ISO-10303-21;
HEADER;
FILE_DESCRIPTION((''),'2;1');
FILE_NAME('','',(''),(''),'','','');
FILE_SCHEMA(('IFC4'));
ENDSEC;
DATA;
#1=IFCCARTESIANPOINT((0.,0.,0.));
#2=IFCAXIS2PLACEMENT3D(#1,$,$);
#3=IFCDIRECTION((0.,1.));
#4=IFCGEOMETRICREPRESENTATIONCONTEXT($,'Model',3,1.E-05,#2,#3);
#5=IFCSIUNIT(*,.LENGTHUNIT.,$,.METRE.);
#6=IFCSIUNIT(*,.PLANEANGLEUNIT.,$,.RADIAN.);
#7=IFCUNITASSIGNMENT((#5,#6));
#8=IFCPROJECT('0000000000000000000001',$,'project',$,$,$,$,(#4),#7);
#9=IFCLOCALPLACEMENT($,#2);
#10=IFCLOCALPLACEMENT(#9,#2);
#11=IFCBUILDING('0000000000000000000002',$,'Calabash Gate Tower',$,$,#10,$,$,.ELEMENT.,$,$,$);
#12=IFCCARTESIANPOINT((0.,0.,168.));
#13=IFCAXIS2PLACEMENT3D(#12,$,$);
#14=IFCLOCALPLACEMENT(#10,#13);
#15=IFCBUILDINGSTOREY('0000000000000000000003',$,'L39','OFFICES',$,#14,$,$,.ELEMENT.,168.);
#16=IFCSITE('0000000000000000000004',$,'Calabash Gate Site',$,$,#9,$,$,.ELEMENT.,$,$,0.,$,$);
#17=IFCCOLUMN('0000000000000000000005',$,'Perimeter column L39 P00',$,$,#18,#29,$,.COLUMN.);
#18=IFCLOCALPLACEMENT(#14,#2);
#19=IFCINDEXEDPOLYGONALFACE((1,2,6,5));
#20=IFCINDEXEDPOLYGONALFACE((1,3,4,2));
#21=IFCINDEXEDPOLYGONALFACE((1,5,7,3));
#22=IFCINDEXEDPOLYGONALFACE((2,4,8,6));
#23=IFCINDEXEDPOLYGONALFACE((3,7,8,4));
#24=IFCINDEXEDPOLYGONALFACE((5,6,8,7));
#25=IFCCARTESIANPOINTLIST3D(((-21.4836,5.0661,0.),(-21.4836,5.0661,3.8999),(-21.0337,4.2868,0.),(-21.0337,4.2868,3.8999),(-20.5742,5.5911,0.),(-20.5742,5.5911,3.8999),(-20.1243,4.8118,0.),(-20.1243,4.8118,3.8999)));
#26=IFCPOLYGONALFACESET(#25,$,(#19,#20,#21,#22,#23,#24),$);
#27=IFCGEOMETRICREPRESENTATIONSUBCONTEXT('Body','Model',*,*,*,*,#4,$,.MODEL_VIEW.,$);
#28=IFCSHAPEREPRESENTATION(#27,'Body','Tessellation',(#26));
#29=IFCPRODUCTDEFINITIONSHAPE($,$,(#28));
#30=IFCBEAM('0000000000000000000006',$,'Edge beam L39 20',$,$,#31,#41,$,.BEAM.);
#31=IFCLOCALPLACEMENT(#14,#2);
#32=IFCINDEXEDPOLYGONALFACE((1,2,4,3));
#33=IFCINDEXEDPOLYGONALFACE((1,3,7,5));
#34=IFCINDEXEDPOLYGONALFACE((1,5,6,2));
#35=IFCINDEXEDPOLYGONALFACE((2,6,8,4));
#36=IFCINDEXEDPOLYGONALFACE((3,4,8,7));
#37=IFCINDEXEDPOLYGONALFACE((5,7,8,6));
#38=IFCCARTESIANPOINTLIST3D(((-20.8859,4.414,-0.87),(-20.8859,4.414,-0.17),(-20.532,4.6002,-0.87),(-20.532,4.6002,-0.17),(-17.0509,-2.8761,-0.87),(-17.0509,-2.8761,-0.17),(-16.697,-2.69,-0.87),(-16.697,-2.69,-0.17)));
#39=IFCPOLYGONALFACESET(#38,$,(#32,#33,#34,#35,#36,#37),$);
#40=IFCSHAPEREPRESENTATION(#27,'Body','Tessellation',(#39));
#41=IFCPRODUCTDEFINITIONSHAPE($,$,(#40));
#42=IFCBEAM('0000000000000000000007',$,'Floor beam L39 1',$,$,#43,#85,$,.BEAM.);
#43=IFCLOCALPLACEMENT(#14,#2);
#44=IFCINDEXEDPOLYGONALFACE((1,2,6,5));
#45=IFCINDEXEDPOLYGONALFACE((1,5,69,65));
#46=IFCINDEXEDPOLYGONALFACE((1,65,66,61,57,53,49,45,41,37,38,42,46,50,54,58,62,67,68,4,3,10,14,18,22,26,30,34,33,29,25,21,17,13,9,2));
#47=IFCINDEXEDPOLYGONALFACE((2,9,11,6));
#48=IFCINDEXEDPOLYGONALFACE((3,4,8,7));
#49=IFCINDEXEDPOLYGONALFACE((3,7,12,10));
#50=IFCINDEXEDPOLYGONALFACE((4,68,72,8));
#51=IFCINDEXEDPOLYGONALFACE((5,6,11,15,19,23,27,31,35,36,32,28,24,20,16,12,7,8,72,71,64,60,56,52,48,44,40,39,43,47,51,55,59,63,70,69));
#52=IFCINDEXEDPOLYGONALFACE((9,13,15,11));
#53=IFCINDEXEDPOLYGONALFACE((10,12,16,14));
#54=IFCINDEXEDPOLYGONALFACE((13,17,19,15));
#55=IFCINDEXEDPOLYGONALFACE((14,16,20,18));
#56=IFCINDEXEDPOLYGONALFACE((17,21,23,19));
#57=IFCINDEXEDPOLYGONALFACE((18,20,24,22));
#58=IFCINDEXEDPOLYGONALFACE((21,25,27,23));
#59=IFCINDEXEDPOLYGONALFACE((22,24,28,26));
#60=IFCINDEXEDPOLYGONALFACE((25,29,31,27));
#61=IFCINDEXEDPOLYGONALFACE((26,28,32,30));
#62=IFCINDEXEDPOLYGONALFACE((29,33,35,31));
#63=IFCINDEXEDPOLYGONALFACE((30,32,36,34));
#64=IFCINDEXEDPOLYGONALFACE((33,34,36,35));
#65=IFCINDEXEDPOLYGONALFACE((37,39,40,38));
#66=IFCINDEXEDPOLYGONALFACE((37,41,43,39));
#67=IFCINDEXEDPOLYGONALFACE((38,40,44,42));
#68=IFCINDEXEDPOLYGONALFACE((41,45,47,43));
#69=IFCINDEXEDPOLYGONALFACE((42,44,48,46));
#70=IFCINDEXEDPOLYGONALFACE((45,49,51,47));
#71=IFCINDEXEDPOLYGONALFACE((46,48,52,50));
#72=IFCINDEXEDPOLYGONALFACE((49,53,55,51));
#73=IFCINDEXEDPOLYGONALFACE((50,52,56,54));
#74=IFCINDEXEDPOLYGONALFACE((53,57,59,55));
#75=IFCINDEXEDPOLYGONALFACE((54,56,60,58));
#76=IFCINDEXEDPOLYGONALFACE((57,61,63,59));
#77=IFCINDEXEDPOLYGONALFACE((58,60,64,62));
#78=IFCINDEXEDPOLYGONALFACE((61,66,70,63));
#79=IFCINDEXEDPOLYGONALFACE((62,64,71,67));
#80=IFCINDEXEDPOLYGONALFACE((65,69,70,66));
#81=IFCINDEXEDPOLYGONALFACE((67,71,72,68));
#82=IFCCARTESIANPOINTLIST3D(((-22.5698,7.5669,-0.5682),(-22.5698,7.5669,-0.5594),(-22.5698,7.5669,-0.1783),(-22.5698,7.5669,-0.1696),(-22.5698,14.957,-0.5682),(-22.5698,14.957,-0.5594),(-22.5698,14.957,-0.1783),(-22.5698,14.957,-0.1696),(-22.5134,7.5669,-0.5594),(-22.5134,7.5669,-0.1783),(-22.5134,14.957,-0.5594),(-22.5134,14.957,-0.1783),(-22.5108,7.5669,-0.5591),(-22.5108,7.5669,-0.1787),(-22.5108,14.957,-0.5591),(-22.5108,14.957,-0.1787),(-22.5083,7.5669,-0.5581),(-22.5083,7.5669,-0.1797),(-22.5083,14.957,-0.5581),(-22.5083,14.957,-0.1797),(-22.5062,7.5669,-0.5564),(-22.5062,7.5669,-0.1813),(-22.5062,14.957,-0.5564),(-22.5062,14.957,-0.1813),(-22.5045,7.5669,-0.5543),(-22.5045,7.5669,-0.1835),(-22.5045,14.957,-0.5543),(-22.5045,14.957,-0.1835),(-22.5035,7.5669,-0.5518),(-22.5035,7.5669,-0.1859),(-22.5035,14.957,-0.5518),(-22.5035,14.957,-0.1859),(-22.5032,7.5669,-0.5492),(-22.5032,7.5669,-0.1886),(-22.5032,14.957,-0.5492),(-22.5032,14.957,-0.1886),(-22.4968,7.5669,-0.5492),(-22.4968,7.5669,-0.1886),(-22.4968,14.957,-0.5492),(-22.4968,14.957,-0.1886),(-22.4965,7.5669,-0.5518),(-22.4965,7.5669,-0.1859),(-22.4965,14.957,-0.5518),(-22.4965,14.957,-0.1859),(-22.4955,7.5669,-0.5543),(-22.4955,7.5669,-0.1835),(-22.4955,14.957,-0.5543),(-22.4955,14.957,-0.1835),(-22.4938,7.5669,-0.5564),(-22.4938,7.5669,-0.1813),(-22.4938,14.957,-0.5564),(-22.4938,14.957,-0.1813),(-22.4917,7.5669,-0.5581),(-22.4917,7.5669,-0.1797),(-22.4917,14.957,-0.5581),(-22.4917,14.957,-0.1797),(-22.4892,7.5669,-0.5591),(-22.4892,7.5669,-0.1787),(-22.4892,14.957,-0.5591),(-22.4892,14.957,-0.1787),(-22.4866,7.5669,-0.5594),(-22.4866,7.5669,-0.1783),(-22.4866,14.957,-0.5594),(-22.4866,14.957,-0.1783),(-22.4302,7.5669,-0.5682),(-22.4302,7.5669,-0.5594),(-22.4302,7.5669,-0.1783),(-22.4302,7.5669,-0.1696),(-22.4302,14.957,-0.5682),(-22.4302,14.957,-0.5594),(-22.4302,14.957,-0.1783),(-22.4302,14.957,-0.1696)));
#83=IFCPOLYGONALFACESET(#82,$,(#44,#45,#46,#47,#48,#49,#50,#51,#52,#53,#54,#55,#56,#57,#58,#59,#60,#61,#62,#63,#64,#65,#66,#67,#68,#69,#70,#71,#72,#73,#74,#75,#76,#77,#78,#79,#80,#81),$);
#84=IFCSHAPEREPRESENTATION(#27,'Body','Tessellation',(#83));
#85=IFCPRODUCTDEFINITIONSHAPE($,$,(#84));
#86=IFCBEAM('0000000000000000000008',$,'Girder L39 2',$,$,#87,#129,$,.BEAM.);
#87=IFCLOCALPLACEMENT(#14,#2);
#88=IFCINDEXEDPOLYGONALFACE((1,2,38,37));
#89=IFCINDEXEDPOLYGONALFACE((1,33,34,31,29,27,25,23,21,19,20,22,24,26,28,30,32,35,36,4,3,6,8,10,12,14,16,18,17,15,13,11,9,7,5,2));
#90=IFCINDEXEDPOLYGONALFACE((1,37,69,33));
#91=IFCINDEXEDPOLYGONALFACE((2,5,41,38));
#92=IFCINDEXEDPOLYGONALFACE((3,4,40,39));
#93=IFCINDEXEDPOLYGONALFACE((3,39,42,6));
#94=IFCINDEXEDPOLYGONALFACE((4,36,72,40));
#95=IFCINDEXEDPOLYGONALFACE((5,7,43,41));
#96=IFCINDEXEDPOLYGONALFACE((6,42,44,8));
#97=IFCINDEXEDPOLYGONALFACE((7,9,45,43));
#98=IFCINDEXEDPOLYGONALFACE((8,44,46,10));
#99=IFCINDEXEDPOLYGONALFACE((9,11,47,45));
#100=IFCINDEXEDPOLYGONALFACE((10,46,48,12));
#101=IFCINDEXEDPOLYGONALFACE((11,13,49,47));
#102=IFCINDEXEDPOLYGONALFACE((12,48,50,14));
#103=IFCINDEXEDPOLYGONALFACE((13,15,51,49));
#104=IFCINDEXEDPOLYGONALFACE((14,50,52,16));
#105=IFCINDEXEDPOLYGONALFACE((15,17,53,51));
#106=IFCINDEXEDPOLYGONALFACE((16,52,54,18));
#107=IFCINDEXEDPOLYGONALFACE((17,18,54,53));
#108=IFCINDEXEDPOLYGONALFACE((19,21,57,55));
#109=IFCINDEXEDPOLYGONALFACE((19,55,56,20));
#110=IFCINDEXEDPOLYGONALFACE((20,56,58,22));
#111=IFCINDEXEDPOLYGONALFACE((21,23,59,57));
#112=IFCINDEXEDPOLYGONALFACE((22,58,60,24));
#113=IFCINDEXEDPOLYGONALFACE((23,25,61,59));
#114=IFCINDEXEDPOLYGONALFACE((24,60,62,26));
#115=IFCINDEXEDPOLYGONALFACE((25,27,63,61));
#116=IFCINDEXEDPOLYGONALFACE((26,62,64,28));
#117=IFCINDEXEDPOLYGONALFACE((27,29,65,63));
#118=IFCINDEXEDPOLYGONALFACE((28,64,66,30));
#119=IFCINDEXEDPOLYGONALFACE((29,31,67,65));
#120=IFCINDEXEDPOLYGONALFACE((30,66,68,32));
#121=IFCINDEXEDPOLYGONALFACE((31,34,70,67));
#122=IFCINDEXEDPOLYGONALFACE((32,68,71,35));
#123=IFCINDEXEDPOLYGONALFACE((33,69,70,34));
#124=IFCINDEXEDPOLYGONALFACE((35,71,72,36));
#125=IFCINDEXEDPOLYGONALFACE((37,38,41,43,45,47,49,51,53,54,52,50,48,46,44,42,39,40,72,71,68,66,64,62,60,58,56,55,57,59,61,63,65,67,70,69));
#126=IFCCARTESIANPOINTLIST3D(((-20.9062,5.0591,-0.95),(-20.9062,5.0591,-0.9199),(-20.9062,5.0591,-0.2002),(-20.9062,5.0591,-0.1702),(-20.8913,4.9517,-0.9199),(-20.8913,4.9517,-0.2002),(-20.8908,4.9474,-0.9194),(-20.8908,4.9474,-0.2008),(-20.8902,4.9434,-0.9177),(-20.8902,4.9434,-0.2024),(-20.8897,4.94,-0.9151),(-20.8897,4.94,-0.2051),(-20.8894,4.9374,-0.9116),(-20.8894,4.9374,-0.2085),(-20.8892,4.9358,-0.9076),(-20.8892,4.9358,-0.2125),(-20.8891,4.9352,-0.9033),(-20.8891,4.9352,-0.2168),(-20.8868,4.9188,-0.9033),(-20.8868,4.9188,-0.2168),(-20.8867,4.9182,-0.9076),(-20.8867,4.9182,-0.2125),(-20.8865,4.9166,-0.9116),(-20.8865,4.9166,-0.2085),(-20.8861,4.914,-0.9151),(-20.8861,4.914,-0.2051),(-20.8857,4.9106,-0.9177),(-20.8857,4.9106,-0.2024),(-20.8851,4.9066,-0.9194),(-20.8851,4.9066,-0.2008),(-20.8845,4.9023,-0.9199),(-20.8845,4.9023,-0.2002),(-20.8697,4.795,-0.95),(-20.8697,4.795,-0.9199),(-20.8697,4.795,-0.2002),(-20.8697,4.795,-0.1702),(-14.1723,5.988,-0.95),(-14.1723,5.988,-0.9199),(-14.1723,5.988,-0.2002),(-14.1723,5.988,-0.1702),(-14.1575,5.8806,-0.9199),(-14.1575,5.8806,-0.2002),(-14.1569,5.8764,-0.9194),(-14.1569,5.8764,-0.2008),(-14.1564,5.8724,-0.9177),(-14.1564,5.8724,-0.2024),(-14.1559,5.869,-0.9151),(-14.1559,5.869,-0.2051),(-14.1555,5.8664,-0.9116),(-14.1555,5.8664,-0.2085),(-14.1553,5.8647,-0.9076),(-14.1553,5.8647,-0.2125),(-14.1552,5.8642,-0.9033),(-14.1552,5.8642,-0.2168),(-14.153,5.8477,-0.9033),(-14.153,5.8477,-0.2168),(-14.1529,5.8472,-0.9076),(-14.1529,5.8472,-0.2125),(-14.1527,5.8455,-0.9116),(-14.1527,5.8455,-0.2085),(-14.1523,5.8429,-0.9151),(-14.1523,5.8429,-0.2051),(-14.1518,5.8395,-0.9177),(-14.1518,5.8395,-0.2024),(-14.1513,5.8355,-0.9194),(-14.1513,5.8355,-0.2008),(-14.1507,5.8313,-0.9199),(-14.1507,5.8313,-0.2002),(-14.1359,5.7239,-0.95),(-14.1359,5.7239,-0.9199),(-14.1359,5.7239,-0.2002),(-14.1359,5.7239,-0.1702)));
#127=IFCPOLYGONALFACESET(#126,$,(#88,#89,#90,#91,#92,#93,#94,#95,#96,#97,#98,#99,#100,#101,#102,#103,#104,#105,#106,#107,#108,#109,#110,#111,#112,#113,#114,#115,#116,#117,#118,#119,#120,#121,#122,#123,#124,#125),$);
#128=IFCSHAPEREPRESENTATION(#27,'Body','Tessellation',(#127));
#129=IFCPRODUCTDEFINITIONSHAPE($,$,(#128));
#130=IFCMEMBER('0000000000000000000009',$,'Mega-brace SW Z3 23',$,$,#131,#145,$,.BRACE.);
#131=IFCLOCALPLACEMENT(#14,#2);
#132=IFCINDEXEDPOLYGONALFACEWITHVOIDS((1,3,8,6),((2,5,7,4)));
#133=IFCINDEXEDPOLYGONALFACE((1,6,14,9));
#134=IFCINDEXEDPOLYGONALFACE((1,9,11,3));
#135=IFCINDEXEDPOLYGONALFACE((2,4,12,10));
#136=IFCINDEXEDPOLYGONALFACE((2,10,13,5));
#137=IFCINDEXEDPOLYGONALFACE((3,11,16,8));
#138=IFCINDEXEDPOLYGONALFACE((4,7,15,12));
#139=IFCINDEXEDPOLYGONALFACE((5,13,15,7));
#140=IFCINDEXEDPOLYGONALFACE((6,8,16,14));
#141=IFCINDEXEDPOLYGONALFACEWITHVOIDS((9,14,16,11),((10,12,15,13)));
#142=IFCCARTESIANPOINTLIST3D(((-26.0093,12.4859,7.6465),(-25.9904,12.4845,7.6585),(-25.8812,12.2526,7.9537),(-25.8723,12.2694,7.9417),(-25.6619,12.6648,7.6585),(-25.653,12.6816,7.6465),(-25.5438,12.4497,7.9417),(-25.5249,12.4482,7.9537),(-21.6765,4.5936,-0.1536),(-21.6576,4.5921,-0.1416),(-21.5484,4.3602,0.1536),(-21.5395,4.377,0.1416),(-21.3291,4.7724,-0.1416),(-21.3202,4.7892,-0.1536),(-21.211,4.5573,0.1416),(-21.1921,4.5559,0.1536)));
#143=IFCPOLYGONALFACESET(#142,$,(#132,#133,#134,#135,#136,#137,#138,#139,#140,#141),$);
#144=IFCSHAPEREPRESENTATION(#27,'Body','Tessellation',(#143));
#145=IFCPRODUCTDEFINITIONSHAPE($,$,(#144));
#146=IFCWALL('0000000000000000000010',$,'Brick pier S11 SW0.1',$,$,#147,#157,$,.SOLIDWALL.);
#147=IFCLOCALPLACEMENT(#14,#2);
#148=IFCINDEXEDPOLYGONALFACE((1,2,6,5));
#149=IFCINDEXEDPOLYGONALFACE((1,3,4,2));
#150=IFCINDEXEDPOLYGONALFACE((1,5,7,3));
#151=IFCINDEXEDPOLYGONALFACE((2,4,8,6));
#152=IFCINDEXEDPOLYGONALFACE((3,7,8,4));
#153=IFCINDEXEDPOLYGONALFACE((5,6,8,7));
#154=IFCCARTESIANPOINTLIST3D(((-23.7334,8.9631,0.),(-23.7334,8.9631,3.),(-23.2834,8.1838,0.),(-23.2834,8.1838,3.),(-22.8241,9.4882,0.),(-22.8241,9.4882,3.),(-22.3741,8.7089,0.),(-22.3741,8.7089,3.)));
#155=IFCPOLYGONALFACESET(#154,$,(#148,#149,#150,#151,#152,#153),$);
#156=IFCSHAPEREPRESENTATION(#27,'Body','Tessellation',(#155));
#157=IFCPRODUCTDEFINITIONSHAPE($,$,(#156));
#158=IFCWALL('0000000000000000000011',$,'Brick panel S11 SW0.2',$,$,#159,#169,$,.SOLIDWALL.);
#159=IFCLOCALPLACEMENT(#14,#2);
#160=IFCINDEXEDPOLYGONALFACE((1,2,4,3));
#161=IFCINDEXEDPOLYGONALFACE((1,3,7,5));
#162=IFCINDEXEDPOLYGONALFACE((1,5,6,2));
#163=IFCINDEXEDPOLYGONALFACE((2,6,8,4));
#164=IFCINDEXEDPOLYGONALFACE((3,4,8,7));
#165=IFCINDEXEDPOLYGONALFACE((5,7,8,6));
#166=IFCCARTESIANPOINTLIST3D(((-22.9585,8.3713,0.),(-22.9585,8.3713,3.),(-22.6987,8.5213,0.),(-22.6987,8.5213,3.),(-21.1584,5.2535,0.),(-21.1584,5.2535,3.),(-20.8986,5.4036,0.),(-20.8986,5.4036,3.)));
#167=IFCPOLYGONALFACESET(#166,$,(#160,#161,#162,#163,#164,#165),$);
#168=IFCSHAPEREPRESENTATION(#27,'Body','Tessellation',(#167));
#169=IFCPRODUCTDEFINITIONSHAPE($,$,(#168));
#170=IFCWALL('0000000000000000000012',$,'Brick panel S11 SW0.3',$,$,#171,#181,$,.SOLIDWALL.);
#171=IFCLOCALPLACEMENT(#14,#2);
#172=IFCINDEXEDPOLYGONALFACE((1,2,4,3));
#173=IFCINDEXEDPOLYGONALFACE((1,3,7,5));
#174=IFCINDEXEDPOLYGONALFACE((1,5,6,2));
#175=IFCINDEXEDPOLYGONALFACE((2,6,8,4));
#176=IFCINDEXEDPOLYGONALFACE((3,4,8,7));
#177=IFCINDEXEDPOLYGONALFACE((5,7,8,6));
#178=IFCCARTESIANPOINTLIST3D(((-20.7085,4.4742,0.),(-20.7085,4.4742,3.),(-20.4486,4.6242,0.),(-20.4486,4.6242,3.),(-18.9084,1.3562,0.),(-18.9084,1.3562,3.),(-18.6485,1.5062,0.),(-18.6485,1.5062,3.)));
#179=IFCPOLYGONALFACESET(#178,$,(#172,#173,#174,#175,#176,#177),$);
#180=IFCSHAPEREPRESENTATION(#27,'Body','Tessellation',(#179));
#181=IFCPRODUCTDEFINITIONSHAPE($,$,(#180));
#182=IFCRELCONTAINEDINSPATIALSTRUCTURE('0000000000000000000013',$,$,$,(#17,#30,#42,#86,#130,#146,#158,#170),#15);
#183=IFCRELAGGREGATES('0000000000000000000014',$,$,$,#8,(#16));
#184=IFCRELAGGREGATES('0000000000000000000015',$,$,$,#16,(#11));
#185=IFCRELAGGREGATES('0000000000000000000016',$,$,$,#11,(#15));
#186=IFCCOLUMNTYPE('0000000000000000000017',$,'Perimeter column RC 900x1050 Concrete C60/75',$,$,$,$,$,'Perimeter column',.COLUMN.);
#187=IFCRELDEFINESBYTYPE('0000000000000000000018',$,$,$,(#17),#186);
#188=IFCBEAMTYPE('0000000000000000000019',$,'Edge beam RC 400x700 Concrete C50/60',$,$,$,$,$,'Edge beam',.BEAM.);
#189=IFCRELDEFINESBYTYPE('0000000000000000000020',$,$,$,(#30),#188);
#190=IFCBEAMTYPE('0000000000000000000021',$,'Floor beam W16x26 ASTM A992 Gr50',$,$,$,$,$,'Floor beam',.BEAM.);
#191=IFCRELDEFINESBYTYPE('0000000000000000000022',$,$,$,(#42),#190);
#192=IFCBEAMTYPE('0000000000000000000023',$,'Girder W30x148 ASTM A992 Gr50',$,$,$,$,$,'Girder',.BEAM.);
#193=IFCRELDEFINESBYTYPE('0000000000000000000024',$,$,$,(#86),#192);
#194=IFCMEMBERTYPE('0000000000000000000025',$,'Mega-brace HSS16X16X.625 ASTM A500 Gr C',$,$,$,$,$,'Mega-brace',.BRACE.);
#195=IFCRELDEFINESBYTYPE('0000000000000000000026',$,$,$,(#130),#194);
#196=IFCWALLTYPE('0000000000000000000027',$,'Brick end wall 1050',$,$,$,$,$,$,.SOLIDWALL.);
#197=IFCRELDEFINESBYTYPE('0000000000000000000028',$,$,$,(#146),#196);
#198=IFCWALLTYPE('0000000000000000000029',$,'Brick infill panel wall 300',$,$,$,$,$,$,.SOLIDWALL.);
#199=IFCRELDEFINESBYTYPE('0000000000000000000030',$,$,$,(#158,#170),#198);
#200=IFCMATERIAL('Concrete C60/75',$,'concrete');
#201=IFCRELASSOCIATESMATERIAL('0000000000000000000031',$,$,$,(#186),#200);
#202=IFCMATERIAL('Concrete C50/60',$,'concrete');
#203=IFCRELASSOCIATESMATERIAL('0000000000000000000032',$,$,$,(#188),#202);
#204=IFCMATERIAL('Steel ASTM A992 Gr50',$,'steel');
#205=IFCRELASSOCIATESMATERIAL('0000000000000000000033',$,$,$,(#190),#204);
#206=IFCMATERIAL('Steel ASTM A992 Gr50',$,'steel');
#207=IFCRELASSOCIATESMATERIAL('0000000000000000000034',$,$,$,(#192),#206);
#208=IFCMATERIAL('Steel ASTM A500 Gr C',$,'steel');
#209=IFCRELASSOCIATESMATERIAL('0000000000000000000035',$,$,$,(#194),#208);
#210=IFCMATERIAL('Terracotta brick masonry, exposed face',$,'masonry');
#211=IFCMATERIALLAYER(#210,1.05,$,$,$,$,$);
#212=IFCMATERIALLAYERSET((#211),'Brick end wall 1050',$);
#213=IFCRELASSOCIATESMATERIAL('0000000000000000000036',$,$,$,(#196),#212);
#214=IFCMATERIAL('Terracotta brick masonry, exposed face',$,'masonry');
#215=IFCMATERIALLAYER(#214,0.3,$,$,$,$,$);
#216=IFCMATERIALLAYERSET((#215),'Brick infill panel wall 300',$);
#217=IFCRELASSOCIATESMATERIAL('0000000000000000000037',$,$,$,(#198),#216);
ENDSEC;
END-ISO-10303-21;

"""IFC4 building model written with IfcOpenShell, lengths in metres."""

from ifc_helpers import new_model, si_unit, direction, frame, frame_2d, origin, origin_2d, place, context, subcontext, project, spatial, rectangle, hollow_rectangle, i_section, extrude, material, layer, layer_set, material_profile, profile_set, type_object, element, save


model = new_model("IFC4")

# Units and contexts
model_context = context("Model", 3, precision=1e-05, world=origin(), true_north=direction((0.0, 1.0)))
body_context = subcontext(model_context, "Body", "Model", "MODEL_VIEW")
ifc_project = project(units=[si_unit("LENGTHUNIT", "METRE"), si_unit("PLANEANGLEUNIT", "RADIAN")], contexts=[model_context])

# Site, building, storey
site_placement = place(None, origin())
site = spatial("IfcSite", under=ifc_project, at=site_placement, Name="Calabash Gate Site", CompositionType="ELEMENT", RefElevation=0.0)
building_placement = place(site_placement, origin())
building = spatial("IfcBuilding", under=site, at=building_placement, Name="Calabash Gate Tower", CompositionType="ELEMENT")
storey_placement = place(building_placement, frame((0.0, 0.0, 168.0)))
storey = spatial("IfcBuildingStorey", under=building, at=storey_placement, Name="L39", Description="OFFICES", CompositionType="ELEMENT", Elevation=168.0)

# Column
ifc_material_1 = material(Name="Concrete C60/75", Category="concrete")
ifc_material_profile_1 = material_profile(ifc_material_1, rectangle(XDim=0.8999, YDim=1.05, at=origin_2d()))
ifc_profile_set_1 = profile_set([ifc_material_profile_1], Name="Concrete C60/75")
column_type = type_object("IfcColumnType", Name="Perimeter column RC 900x1050 Concrete C60/75", ElementType="Perimeter column", PredefinedType="COLUMN", material=ifc_profile_set_1)
column_placement = place(storey_placement, frame((-20.804, 4.939, 0.0), z_axis=(0.0, 0.0, 1.0), x_axis=(0.5, -0.866025, 0.0)))
element("IfcColumn", 1, at=column_placement, inside=storey, type_object=column_type, Name="Perimeter column L39 P00", PredefinedType="COLUMN", context=body_context, shape_type="SweptSolid", body=[
    extrude(rectangle(XDim=0.8999, YDim=1.05, at=origin_2d()), origin(), (0.0, 0.0, 1.0), 3.8999),
])

# Beams
ifc_material_2 = material(Name="Concrete C50/60", Category="concrete")
ifc_material_profile_2 = material_profile(ifc_material_2, rectangle(XDim=0.3999, YDim=0.7, at=origin_2d()))
ifc_profile_set_2 = profile_set([ifc_material_profile_2], Name="Concrete C50/60")
beam_type_1 = type_object("IfcBeamType", Name="Edge beam RC 400x700 Concrete C50/60", ElementType="Edge beam", PredefinedType="BEAM", material=ifc_profile_set_2)
beam_1_placement = place(storey_placement, frame((-20.709, 4.5071, -0.52), z_axis=(0.465566, -0.885013, 0.0), x_axis=(0.885013, 0.465566, 0.0)))
element("IfcBeam", 2, at=beam_1_placement, inside=storey, type_object=beam_type_1, Name="Edge beam L39 20", PredefinedType="BEAM", context=body_context, shape_type="SweptSolid", body=[
    extrude(rectangle(XDim=0.3999, YDim=0.7, at=origin_2d()), origin(), (0.0, 0.0, 1.0), 8.2373),
])
ifc_material_3 = material(Name="Steel ASTM A992 Gr50", Category="steel")
ifc_material_profile_3 = material_profile(ifc_material_3, i_section(OverallWidth=0.1396, OverallDepth=0.3987, WebThickness=0.0063, FlangeThickness=0.0088, FilletRadius=0.0103, at=origin_2d()))
ifc_profile_set_3 = profile_set([ifc_material_profile_3], Name="Steel ASTM A992 Gr50")
beam_type_2 = type_object("IfcBeamType", Name="Floor beam W16x26 ASTM A992 Gr50", ElementType="Floor beam", PredefinedType="BEAM", material=ifc_profile_set_3)
beam_2_placement = place(storey_placement, frame((-22.5, 7.5669, -0.3689), z_axis=(0.0, 1.0, 0.0), x_axis=(-1.0, 0.0, 0.0)))
element("IfcBeam", 3, at=beam_2_placement, inside=storey, type_object=beam_type_2, Name="Floor beam L39 1", PredefinedType="BEAM", context=body_context, shape_type="SweptSolid", body=[
    extrude(i_section(OverallWidth=0.1396, OverallDepth=0.3987, WebThickness=0.0063, FlangeThickness=0.0088, FilletRadius=0.0103, at=origin_2d()), origin(), (0.0, 0.0, 1.0), 7.3901),
])
ifc_material_4 = material(Name="Steel ASTM A992 Gr50", Category="steel")
ifc_material_profile_4 = material_profile(ifc_material_4, i_section(OverallWidth=0.2666, OverallDepth=0.7798, WebThickness=0.0166, FlangeThickness=0.03, FilletRadius=0.0166, at=origin_2d()))
ifc_profile_set_4 = profile_set([ifc_material_profile_4], Name="Steel ASTM A992 Gr50")
beam_type_3 = type_object("IfcBeamType", Name="Girder W30x148 ASTM A992 Gr50", ElementType="Girder", PredefinedType="BEAM", material=ifc_profile_set_4)
beam_3_placement = place(storey_placement, frame((-20.8879, 4.927, -0.5601), z_axis=(0.990618, 0.136658, 0.0), x_axis=(-0.136658, 0.990618, 0.0)))
element("IfcBeam", 4, at=beam_3_placement, inside=storey, type_object=beam_type_3, Name="Girder L39 2", PredefinedType="BEAM", context=body_context, shape_type="SweptSolid", body=[
    extrude(i_section(OverallWidth=0.2666, OverallDepth=0.7798, WebThickness=0.0166, FlangeThickness=0.03, FilletRadius=0.0166, at=origin_2d()), origin(), (0.0, 0.0, 1.0), 6.7976),
])

# Member
ifc_material_5 = material(Name="Steel ASTM A500 Gr C", Category="steel")
ifc_material_profile_5 = material_profile(ifc_material_5, hollow_rectangle(XDim=0.4065, YDim=0.4065, WallThickness=0.0159, at=origin_2d()))
ifc_profile_set_5 = profile_set([ifc_material_profile_5], Name="Steel ASTM A500 Gr C")
member_type = type_object("IfcMemberType", Name="Mega-brace HSS16X16X.625 ASTM A500 Gr C", ElementType="Mega-brace", PredefinedType="BRACE", material=ifc_profile_set_5)
member_placement = place(storey_placement, frame((-21.4343, 4.5747, 0.0), z_axis=(-0.363722, 0.662537, 0.65479), x_axis=(-0.876592, -0.481235, 0.0)))
element("IfcMember", 5, at=member_placement, inside=storey, type_object=member_type, Name="Mega-brace SW Z3 23", PredefinedType="BRACE", context=body_context, shape_type="SweptSolid", body=[
    extrude(hollow_rectangle(XDim=0.4065, YDim=0.4065, WallThickness=0.0159, at=origin_2d()), origin(), (0.0, 0.0, 1.0), 11.9124),
])

# Walls
ifc_material_6 = material(Name="Terracotta brick masonry, exposed face", Category="masonry")
ifc_layer_1 = layer(ifc_material_6, 1.05)
ifc_layer_set_1 = layer_set([ifc_layer_1], Name="Brick end wall 1050")
wall_type_1 = type_object("IfcWallType", Name="Brick end wall 1050", PredefinedType="SOLIDWALL", material=ifc_layer_set_1)
wall_1_placement = place(storey_placement, frame((-23.5083, 8.5735, 0.0), z_axis=(0.0, 0.0, 1.0), x_axis=(0.865988, 0.500065, 0.0)))
element("IfcWall", 6, at=wall_1_placement, inside=storey, type_object=wall_type_1, Name="Brick pier S11 SW0.1", PredefinedType="SOLIDWALL", context=body_context, shape_type="SweptSolid", body=[
    extrude(rectangle(XDim=1.05, YDim=0.8999, at=frame_2d((0.5249, 0.0))), origin(), (0.0, 0.0, 1.0), 3.0),
])
ifc_material_7 = material(Name="Terracotta brick masonry, exposed face", Category="masonry")
ifc_layer_2 = layer(ifc_material_7, 0.3)
ifc_layer_set_2 = layer_set([ifc_layer_2], Name="Brick infill panel wall 300")
wall_type_2 = type_object("IfcWallType", Name="Brick infill panel wall 300", PredefinedType="SOLIDWALL", material=ifc_layer_set_2)
wall_2_placement = place(storey_placement, frame((-22.8286, 8.4463, 0.0), z_axis=(0.0, 0.0, 1.0), x_axis=(0.500012, -0.866018, 0.0)))
element("IfcWall", 7, at=wall_2_placement, inside=storey, type_object=wall_type_2, Name="Brick panel S11 SW0.2", PredefinedType="SOLIDWALL", context=body_context, shape_type="SweptSolid", body=[
    extrude(rectangle(XDim=3.6001, YDim=0.3, at=frame_2d((1.8, 0.0))), origin(), (0.0, 0.0, 1.0), 3.0),
])
wall_3_placement = place(storey_placement, frame((-20.5786, 4.5493, 0.0), z_axis=(0.0, 0.0, 1.0), x_axis=(0.499983, -0.866035, 0.0)))
element("IfcWall", 8, at=wall_3_placement, inside=storey, type_object=wall_type_2, Name="Brick panel S11 SW0.3", PredefinedType="SOLIDWALL", context=body_context, shape_type="SweptSolid", body=[
    extrude(rectangle(XDim=3.6003, YDim=0.3, at=frame_2d((1.8003, 0.0))), origin(), (0.0, 0.0, 1.0), 3.0),
])

save(model, "model.ifc")
